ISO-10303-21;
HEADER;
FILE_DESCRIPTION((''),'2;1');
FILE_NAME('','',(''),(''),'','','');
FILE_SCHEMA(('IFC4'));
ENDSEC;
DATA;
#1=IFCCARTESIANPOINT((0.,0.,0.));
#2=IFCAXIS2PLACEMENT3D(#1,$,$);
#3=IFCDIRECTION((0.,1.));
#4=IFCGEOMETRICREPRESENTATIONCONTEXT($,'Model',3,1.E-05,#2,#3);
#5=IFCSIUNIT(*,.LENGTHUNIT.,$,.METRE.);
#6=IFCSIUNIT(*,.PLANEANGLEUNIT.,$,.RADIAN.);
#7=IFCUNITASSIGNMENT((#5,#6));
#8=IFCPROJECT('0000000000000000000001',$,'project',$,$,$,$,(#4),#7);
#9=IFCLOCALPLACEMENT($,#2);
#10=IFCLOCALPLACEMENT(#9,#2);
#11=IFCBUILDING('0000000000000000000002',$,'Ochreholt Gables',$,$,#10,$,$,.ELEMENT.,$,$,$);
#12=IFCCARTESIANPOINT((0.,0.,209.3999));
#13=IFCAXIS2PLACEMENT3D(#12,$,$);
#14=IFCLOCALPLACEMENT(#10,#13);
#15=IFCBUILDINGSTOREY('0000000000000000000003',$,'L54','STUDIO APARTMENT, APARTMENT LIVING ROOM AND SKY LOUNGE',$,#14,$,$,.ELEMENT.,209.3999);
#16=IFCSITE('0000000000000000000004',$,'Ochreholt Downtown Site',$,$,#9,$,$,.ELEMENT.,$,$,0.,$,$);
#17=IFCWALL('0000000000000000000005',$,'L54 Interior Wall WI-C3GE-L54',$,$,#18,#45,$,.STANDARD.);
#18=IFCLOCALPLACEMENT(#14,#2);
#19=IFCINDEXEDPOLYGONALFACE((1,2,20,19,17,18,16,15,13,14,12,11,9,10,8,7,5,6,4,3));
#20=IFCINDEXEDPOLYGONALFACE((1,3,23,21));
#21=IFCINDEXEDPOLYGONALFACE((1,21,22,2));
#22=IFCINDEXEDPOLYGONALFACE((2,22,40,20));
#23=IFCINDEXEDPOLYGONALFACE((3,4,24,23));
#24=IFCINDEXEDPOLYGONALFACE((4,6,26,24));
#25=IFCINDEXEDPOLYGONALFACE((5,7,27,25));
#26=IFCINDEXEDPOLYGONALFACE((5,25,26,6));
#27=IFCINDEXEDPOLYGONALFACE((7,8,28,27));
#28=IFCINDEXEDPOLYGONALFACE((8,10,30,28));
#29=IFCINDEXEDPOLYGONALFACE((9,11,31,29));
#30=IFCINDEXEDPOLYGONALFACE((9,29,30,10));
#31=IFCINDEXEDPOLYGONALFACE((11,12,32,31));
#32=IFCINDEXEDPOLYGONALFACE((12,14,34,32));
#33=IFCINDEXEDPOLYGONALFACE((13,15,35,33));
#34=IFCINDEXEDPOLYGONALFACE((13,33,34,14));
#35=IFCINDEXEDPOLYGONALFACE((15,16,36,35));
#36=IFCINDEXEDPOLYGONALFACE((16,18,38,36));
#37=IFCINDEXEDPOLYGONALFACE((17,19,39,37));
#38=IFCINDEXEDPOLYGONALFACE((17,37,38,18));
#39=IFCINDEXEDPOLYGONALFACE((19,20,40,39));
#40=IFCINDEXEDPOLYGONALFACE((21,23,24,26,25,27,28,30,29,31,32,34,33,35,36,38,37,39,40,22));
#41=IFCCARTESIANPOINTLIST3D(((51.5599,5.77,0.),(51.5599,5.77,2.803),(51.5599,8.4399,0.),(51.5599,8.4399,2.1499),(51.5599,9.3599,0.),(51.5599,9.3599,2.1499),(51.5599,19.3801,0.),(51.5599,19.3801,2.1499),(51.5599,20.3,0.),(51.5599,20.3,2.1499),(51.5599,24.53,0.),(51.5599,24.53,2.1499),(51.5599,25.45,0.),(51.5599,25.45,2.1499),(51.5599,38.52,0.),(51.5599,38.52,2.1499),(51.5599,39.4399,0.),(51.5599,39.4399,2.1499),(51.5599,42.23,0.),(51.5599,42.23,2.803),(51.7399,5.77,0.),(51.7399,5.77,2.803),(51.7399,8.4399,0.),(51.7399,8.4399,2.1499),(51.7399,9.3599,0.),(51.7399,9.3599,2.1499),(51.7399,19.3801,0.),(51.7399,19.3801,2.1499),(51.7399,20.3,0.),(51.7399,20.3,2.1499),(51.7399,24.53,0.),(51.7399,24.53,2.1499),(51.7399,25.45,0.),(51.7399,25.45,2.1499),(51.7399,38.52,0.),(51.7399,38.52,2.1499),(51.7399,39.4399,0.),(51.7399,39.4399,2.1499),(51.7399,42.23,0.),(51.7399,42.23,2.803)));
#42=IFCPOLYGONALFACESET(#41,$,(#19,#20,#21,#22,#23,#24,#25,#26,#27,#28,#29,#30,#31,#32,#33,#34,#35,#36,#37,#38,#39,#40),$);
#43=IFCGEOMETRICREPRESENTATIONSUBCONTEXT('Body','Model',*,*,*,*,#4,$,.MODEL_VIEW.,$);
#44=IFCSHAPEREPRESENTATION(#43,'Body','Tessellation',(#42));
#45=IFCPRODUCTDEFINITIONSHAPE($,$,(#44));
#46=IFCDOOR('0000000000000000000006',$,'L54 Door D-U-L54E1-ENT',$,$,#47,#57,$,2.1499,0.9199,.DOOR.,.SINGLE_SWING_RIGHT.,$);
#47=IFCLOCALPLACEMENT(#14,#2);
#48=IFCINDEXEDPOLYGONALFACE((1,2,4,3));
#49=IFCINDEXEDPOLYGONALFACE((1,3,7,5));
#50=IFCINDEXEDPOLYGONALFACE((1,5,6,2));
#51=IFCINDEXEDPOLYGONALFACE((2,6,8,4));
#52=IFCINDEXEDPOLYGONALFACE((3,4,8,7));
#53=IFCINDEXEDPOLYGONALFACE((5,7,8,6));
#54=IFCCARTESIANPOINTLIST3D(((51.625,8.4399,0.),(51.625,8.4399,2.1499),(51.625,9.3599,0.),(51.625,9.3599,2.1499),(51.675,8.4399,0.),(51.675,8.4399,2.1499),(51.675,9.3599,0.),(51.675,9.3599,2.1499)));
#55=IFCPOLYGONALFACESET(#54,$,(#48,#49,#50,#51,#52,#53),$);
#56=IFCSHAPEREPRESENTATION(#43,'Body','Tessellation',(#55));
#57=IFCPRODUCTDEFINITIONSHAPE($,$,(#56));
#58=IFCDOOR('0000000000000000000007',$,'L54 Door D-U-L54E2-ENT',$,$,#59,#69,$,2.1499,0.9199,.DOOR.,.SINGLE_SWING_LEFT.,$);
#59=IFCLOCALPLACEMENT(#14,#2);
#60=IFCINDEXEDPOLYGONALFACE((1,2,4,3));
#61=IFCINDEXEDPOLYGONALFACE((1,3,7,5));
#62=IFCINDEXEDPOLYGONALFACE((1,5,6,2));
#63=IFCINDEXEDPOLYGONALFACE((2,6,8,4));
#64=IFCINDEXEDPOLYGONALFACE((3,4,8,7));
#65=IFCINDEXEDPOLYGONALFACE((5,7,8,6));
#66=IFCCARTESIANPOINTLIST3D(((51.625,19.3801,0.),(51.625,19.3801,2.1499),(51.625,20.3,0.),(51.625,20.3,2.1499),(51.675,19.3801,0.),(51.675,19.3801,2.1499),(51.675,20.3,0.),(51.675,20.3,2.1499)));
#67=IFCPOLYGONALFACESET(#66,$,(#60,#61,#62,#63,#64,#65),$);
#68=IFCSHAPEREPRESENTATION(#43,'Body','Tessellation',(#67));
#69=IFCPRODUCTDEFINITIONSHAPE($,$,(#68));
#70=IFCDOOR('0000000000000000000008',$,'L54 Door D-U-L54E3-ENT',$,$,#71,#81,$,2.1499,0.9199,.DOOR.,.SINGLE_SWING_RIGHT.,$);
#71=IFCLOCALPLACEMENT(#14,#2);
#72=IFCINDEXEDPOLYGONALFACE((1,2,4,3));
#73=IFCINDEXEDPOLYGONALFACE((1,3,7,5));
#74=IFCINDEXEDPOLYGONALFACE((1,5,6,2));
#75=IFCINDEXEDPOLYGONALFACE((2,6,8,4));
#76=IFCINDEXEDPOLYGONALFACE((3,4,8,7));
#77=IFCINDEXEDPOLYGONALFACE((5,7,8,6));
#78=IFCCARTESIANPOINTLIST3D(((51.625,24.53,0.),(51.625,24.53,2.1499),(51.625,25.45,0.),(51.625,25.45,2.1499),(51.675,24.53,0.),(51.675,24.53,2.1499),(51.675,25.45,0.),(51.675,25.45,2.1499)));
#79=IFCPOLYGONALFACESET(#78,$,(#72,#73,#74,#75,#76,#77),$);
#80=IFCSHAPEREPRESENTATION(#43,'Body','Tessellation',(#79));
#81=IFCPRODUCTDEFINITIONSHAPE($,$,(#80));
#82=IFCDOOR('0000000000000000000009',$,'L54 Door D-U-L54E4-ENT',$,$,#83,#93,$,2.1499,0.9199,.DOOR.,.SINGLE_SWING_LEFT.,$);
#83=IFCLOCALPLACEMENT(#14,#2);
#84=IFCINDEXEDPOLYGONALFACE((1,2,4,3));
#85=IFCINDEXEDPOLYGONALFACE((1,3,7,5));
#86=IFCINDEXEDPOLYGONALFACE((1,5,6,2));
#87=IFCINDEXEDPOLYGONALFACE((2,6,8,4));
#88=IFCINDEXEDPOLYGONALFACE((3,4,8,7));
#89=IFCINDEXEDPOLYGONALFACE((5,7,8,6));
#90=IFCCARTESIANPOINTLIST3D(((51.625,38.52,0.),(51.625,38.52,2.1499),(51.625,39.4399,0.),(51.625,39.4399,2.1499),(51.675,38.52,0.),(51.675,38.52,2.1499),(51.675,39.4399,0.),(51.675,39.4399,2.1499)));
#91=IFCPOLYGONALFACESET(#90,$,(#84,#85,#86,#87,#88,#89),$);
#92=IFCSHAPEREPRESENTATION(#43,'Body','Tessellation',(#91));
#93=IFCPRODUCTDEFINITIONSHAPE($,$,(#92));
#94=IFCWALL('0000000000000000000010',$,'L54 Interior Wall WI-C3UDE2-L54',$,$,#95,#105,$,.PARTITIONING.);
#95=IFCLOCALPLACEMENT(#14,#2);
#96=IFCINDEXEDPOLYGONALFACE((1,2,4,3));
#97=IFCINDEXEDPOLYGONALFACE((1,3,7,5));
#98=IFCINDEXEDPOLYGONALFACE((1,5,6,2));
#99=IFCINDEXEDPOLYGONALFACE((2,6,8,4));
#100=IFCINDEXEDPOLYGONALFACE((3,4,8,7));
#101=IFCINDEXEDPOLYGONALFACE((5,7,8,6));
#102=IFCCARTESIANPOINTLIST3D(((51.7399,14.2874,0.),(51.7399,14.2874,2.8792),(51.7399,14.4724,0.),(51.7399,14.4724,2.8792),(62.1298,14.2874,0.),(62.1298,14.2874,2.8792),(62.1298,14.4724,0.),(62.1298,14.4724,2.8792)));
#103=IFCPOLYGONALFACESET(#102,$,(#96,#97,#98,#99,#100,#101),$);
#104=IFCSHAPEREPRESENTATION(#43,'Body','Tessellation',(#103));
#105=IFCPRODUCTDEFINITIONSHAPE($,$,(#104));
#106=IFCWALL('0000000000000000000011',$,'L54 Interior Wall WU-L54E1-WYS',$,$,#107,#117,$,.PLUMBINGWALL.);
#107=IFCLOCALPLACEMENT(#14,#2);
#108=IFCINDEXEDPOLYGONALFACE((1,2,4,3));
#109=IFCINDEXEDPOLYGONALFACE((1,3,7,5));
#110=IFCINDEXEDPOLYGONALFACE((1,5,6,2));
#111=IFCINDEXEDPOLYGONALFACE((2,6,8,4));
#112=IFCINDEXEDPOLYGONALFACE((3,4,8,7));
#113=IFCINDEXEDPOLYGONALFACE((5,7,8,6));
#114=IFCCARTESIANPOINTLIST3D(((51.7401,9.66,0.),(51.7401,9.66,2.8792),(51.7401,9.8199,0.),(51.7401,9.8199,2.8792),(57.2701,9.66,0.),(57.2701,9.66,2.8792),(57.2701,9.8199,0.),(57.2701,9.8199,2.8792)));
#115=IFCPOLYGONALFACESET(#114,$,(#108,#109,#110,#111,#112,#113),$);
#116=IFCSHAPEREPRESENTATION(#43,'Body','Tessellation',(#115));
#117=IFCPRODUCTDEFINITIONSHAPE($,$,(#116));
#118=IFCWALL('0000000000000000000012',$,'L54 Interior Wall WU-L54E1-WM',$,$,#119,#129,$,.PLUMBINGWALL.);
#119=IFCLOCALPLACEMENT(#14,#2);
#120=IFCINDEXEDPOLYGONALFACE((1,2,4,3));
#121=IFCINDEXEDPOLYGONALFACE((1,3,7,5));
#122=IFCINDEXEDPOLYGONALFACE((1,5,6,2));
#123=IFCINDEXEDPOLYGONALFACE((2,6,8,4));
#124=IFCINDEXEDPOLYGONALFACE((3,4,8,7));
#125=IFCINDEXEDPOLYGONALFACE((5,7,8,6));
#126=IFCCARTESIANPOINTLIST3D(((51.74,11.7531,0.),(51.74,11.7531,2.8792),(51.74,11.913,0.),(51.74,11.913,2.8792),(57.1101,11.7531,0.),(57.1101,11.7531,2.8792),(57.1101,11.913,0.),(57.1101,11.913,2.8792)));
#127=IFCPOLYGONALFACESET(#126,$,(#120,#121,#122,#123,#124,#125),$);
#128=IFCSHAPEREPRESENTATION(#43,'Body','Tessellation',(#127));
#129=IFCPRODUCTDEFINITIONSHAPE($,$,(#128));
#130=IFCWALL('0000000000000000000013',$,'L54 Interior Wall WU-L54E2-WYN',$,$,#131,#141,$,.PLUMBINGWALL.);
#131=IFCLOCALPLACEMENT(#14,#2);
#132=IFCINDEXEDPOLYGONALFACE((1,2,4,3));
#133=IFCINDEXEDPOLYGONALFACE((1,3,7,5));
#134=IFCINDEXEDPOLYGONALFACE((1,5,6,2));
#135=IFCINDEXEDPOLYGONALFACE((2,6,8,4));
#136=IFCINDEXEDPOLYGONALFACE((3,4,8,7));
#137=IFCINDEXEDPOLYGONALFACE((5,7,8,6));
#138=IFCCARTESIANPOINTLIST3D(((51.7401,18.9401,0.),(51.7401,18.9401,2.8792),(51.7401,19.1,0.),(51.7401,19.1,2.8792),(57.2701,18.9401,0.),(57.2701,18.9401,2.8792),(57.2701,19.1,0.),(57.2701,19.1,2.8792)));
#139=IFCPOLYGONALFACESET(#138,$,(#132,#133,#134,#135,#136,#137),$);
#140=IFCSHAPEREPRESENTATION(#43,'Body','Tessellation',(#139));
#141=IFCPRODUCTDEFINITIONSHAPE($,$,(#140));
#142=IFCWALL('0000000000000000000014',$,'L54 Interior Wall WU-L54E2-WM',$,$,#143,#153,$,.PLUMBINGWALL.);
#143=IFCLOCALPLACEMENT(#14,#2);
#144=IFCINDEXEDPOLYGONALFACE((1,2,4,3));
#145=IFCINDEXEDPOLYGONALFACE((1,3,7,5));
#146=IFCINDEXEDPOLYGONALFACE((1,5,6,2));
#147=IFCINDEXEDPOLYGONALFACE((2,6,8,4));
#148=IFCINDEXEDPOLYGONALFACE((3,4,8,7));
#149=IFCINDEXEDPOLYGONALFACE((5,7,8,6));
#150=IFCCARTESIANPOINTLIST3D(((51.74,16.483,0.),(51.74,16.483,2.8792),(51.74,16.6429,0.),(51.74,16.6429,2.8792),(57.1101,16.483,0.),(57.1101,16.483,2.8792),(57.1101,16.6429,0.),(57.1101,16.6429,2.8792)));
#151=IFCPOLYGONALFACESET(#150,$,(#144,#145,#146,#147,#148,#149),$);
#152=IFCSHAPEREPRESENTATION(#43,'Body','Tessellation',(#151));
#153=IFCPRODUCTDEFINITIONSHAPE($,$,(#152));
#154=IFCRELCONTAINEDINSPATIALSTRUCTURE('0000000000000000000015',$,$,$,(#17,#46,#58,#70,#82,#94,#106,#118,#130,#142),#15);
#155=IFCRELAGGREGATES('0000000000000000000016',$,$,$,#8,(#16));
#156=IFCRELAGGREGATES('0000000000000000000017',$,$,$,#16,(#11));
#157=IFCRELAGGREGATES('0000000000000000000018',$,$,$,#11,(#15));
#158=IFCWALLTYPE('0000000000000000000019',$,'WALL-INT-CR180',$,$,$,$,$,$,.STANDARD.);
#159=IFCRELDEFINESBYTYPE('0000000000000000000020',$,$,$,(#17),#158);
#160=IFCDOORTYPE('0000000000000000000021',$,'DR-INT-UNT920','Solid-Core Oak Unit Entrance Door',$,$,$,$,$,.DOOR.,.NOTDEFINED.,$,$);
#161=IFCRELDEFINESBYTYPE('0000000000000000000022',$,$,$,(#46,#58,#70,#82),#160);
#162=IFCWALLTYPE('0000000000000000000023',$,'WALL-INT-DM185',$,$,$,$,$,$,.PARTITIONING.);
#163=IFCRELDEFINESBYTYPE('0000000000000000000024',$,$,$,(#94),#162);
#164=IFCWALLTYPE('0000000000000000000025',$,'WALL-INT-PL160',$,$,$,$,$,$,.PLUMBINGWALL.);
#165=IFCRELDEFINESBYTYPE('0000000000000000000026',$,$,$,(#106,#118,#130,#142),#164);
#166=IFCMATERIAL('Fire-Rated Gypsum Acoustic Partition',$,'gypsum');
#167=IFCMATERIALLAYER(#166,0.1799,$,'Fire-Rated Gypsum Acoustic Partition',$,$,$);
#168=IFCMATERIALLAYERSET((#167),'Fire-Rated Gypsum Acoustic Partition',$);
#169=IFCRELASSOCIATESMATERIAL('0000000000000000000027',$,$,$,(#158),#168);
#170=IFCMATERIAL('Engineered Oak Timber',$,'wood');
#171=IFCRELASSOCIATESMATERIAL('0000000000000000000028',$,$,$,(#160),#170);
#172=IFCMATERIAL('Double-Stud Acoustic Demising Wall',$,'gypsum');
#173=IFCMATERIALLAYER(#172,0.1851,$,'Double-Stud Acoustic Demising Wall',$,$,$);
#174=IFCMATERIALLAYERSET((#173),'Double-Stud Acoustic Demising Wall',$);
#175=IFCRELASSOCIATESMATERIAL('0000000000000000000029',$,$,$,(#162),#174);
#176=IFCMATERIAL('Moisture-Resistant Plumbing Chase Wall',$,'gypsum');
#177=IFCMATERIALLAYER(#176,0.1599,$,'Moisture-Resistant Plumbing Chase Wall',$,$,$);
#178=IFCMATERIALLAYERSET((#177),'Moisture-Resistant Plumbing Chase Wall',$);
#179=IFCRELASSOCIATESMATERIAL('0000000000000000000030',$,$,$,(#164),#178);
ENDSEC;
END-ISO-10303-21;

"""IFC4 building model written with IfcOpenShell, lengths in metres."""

from ifc_helpers import new_model, si_unit, direction, frame, frame_2d, origin, place, context, subcontext, project, spatial, rectangle, extrude, material, layer, layer_set, type_object, element, fill, save


model = new_model("IFC4")

# Units and contexts
model_context = context("Model", 3, precision=1e-05, world=origin(), true_north=direction((0.0, 1.0)))
body_context = subcontext(model_context, "Body", "Model", "MODEL_VIEW")
ifc_project = project(units=[si_unit("LENGTHUNIT", "METRE"), si_unit("PLANEANGLEUNIT", "RADIAN")], contexts=[model_context])

# Site, building, storey
site_placement = place(None, origin())
site = spatial("IfcSite", under=ifc_project, at=site_placement, Name="Ochreholt Downtown Site", CompositionType="ELEMENT", RefElevation=0.0)
building_placement = place(site_placement, origin())
building = spatial("IfcBuilding", under=site, at=building_placement, Name="Ochreholt Gables", CompositionType="ELEMENT")
storey_placement = place(building_placement, frame((0.0, 0.0, 209.3999)))
storey = spatial("IfcBuildingStorey", under=building, at=storey_placement, Name="L54", Description="STUDIO APARTMENT, APARTMENT LIVING ROOM AND SKY LOUNGE", CompositionType="ELEMENT", Elevation=209.3999)

# Shared definitions
ifc_material_1 = material(Name="Fire-Rated Gypsum Acoustic Partition", Category="gypsum")
ifc_layer_1 = layer(ifc_material_1, 0.1799, Name="Fire-Rated Gypsum Acoustic Partition")
ifc_layer_set_1 = layer_set([ifc_layer_1], Name="Fire-Rated Gypsum Acoustic Partition")
wall_type_1 = type_object("IfcWallType", Name="WALL-INT-CR180", PredefinedType="STANDARD", material=ifc_layer_set_1)
ifc_material_2 = material(Name="Engineered Oak Timber", Category="wood")
door_type = type_object("IfcDoorType", Name="DR-INT-UNT920", Description="Solid-Core Oak Unit Entrance Door", OperationType="NOTDEFINED", PredefinedType="DOOR", material=ifc_material_2)

# Wall, openings, doors
wall_1_placement = place(storey_placement, frame((51.6499, 5.77, 0.0), z_axis=(0.0, 0.0, 1.0), x_axis=(0.0, 1.0, 0.0)))
wall_1 = element("IfcWall", 1, at=wall_1_placement, inside=storey, type_object=wall_type_1, Name="L54 Interior Wall WI-C3GE-L54", PredefinedType="STANDARD", context=body_context, shape_type="SweptSolid", body=[
    extrude(rectangle(XDim=36.46, YDim=0.1799, at=frame_2d((18.23, 0.0))), origin(), (0.0, 0.0, 1.0), 2.803),
])
opening_1_placement = place(wall_1_placement, frame((2.6699, 0.0, 0.0)))
opening_1 = element("IfcOpeningElement", 2, at=opening_1_placement, cuts=wall_1, PredefinedType="OPENING", context=body_context, shape_type="SweptSolid", body=[
    extrude(rectangle(XDim=0.9199, YDim=2.1499, at=frame_2d((0.46, 1.075))), frame((0.0, 0.0999, 0.0), z_axis=(0.0, -1.0, 0.0), x_axis=(1.0, 0.0, 0.0)), (0.0, 0.0, 1.0), 0.2),
])
opening_2_placement = place(wall_1_placement, frame((13.6101, 0.0, 0.0)))
opening_2 = element("IfcOpeningElement", 3, at=opening_2_placement, cuts=wall_1, PredefinedType="OPENING", context=body_context, shape_type="SweptSolid", body=[
    extrude(rectangle(XDim=0.9199, YDim=2.1499, at=frame_2d((0.46, 1.075))), frame((0.0, 0.0999, 0.0), z_axis=(0.0, -1.0, 0.0), x_axis=(1.0, 0.0, 0.0)), (0.0, 0.0, 1.0), 0.2),
])
opening_3_placement = place(wall_1_placement, frame((18.76, 0.0, 0.0)))
opening_3 = element("IfcOpeningElement", 4, at=opening_3_placement, cuts=wall_1, PredefinedType="OPENING", context=body_context, shape_type="SweptSolid", body=[
    extrude(rectangle(XDim=0.9199, YDim=2.1499, at=frame_2d((0.46, 1.075))), frame((0.0, 0.0999, 0.0), z_axis=(0.0, -1.0, 0.0), x_axis=(1.0, 0.0, 0.0)), (0.0, 0.0, 1.0), 0.2),
])
opening_4_placement = place(wall_1_placement, frame((32.75, 0.0, 0.0)))
opening_4 = element("IfcOpeningElement", 5, at=opening_4_placement, cuts=wall_1, PredefinedType="OPENING", context=body_context, shape_type="SweptSolid", body=[
    extrude(rectangle(XDim=0.9199, YDim=2.1499, at=frame_2d((0.46, 1.075))), frame((0.0, 0.0999, 0.0), z_axis=(0.0, -1.0, 0.0), x_axis=(1.0, 0.0, 0.0)), (0.0, 0.0, 1.0), 0.2),
])
door_1_placement = place(opening_1_placement, origin())
door_1 = element("IfcDoor", 6, at=door_1_placement, inside=storey, type_object=door_type, Name="L54 Door D-U-L54E1-ENT", OperationType="SINGLE_SWING_RIGHT", OverallHeight=2.1499, OverallWidth=0.9199, PredefinedType="DOOR", context=body_context, shape_type="SweptSolid", body=[
    extrude(rectangle(XDim=0.9199, YDim=2.1499, at=frame_2d((0.46, 1.075))), frame((0.0, 0.0249, 0.0), z_axis=(0.0, -1.0, 0.0), x_axis=(1.0, 0.0, 0.0)), (0.0, 0.0, 1.0), 0.05),
])
fill(opening_1, door_1)
door_2_placement = place(opening_2_placement, origin())
door_2 = element("IfcDoor", 7, at=door_2_placement, inside=storey, type_object=door_type, Name="L54 Door D-U-L54E2-ENT", OperationType="SINGLE_SWING_LEFT", OverallHeight=2.1499, OverallWidth=0.9199, PredefinedType="DOOR", context=body_context, shape_type="SweptSolid", body=[
    extrude(rectangle(XDim=0.9199, YDim=2.1499, at=frame_2d((0.46, 1.075))), frame((0.0, 0.0249, 0.0), z_axis=(0.0, -1.0, 0.0), x_axis=(1.0, 0.0, 0.0)), (0.0, 0.0, 1.0), 0.05),
])
fill(opening_2, door_2)
door_3_placement = place(opening_3_placement, origin())
door_3 = element("IfcDoor", 8, at=door_3_placement, inside=storey, type_object=door_type, Name="L54 Door D-U-L54E3-ENT", OperationType="SINGLE_SWING_RIGHT", OverallHeight=2.1499, OverallWidth=0.9199, PredefinedType="DOOR", context=body_context, shape_type="SweptSolid", body=[
    extrude(rectangle(XDim=0.9199, YDim=2.1499, at=frame_2d((0.46, 1.075))), frame((0.0, 0.0249, 0.0), z_axis=(0.0, -1.0, 0.0), x_axis=(1.0, 0.0, 0.0)), (0.0, 0.0, 1.0), 0.05),
])
fill(opening_3, door_3)
door_4_placement = place(opening_4_placement, origin())
door_4 = element("IfcDoor", 9, at=door_4_placement, inside=storey, type_object=door_type, Name="L54 Door D-U-L54E4-ENT", OperationType="SINGLE_SWING_LEFT", OverallHeight=2.1499, OverallWidth=0.9199, PredefinedType="DOOR", context=body_context, shape_type="SweptSolid", body=[
    extrude(rectangle(XDim=0.9199, YDim=2.1499, at=frame_2d((0.46, 1.075))), frame((0.0, 0.0249, 0.0), z_axis=(0.0, -1.0, 0.0), x_axis=(1.0, 0.0, 0.0)), (0.0, 0.0, 1.0), 0.05),
])
fill(opening_4, door_4)

# Walls
ifc_material_3 = material(Name="Double-Stud Acoustic Demising Wall", Category="gypsum")
ifc_layer_2 = layer(ifc_material_3, 0.1851, Name="Double-Stud Acoustic Demising Wall")
ifc_layer_set_2 = layer_set([ifc_layer_2], Name="Double-Stud Acoustic Demising Wall")
wall_type_2 = type_object("IfcWallType", Name="WALL-INT-DM185", PredefinedType="PARTITIONING", material=ifc_layer_set_2)
wall_2_placement = place(storey_placement, frame((51.74, 14.3799, 0.0), z_axis=(0.0, 0.0, 1.0), x_axis=(1.0, 0.0, 0.0)))
element("IfcWall", 10, at=wall_2_placement, inside=storey, type_object=wall_type_2, Name="L54 Interior Wall WI-C3UDE2-L54", PredefinedType="PARTITIONING", context=body_context, shape_type="SweptSolid", body=[
    extrude(rectangle(XDim=10.3899, YDim=0.1851, at=frame_2d((5.1948, 0.0))), origin(), (0.0, 0.0, 1.0), 2.8792),
])
ifc_material_4 = material(Name="Moisture-Resistant Plumbing Chase Wall", Category="gypsum")
ifc_layer_3 = layer(ifc_material_4, 0.1599, Name="Moisture-Resistant Plumbing Chase Wall")
ifc_layer_set_3 = layer_set([ifc_layer_3], Name="Moisture-Resistant Plumbing Chase Wall")
wall_type_3 = type_object("IfcWallType", Name="WALL-INT-PL160", PredefinedType="PLUMBINGWALL", material=ifc_layer_set_3)
wall_3_placement = place(storey_placement, frame((51.74, 9.74, 0.0), z_axis=(0.0, 0.0, 1.0), x_axis=(1.0, 0.0, 0.0)))
element("IfcWall", 11, at=wall_3_placement, inside=storey, type_object=wall_type_3, Name="L54 Interior Wall WU-L54E1-WYS", PredefinedType="PLUMBINGWALL", context=body_context, shape_type="SweptSolid", body=[
    extrude(rectangle(XDim=5.53, YDim=0.1599, at=frame_2d((2.7651, 0.0))), origin(), (0.0, 0.0, 1.0), 2.8792),
])
wall_4_placement = place(storey_placement, frame((51.74, 11.833, 0.0), z_axis=(0.0, 0.0, 1.0), x_axis=(1.0, 0.0, 0.0)))
element("IfcWall", 12, at=wall_4_placement, inside=storey, type_object=wall_type_3, Name="L54 Interior Wall WU-L54E1-WM", PredefinedType="PLUMBINGWALL", context=body_context, shape_type="SweptSolid", body=[
    extrude(rectangle(XDim=5.3701, YDim=0.1599, at=frame_2d((2.6851, 0.0))), origin(), (0.0, 0.0, 1.0), 2.8792),
])
wall_5_placement = place(storey_placement, frame((51.74, 19.02, 0.0), z_axis=(0.0, 0.0, 1.0), x_axis=(1.0, 0.0, 0.0)))
element("IfcWall", 13, at=wall_5_placement, inside=storey, type_object=wall_type_3, Name="L54 Interior Wall WU-L54E2-WYN", PredefinedType="PLUMBINGWALL", context=body_context, shape_type="SweptSolid", body=[
    extrude(rectangle(XDim=5.53, YDim=0.1599, at=frame_2d((2.7651, 0.0))), origin(), (0.0, 0.0, 1.0), 2.8792),
])
wall_6_placement = place(storey_placement, frame((51.74, 16.563, 0.0), z_axis=(0.0, 0.0, 1.0), x_axis=(1.0, 0.0, 0.0)))
element("IfcWall", 14, at=wall_6_placement, inside=storey, type_object=wall_type_3, Name="L54 Interior Wall WU-L54E2-WM", PredefinedType="PLUMBINGWALL", context=body_context, shape_type="SweptSolid", body=[
    extrude(rectangle(XDim=5.3701, YDim=0.1599, at=frame_2d((2.6851, 0.0))), origin(), (0.0, 0.0, 1.0), 2.8792),
])

save(model, "model.ifc")
